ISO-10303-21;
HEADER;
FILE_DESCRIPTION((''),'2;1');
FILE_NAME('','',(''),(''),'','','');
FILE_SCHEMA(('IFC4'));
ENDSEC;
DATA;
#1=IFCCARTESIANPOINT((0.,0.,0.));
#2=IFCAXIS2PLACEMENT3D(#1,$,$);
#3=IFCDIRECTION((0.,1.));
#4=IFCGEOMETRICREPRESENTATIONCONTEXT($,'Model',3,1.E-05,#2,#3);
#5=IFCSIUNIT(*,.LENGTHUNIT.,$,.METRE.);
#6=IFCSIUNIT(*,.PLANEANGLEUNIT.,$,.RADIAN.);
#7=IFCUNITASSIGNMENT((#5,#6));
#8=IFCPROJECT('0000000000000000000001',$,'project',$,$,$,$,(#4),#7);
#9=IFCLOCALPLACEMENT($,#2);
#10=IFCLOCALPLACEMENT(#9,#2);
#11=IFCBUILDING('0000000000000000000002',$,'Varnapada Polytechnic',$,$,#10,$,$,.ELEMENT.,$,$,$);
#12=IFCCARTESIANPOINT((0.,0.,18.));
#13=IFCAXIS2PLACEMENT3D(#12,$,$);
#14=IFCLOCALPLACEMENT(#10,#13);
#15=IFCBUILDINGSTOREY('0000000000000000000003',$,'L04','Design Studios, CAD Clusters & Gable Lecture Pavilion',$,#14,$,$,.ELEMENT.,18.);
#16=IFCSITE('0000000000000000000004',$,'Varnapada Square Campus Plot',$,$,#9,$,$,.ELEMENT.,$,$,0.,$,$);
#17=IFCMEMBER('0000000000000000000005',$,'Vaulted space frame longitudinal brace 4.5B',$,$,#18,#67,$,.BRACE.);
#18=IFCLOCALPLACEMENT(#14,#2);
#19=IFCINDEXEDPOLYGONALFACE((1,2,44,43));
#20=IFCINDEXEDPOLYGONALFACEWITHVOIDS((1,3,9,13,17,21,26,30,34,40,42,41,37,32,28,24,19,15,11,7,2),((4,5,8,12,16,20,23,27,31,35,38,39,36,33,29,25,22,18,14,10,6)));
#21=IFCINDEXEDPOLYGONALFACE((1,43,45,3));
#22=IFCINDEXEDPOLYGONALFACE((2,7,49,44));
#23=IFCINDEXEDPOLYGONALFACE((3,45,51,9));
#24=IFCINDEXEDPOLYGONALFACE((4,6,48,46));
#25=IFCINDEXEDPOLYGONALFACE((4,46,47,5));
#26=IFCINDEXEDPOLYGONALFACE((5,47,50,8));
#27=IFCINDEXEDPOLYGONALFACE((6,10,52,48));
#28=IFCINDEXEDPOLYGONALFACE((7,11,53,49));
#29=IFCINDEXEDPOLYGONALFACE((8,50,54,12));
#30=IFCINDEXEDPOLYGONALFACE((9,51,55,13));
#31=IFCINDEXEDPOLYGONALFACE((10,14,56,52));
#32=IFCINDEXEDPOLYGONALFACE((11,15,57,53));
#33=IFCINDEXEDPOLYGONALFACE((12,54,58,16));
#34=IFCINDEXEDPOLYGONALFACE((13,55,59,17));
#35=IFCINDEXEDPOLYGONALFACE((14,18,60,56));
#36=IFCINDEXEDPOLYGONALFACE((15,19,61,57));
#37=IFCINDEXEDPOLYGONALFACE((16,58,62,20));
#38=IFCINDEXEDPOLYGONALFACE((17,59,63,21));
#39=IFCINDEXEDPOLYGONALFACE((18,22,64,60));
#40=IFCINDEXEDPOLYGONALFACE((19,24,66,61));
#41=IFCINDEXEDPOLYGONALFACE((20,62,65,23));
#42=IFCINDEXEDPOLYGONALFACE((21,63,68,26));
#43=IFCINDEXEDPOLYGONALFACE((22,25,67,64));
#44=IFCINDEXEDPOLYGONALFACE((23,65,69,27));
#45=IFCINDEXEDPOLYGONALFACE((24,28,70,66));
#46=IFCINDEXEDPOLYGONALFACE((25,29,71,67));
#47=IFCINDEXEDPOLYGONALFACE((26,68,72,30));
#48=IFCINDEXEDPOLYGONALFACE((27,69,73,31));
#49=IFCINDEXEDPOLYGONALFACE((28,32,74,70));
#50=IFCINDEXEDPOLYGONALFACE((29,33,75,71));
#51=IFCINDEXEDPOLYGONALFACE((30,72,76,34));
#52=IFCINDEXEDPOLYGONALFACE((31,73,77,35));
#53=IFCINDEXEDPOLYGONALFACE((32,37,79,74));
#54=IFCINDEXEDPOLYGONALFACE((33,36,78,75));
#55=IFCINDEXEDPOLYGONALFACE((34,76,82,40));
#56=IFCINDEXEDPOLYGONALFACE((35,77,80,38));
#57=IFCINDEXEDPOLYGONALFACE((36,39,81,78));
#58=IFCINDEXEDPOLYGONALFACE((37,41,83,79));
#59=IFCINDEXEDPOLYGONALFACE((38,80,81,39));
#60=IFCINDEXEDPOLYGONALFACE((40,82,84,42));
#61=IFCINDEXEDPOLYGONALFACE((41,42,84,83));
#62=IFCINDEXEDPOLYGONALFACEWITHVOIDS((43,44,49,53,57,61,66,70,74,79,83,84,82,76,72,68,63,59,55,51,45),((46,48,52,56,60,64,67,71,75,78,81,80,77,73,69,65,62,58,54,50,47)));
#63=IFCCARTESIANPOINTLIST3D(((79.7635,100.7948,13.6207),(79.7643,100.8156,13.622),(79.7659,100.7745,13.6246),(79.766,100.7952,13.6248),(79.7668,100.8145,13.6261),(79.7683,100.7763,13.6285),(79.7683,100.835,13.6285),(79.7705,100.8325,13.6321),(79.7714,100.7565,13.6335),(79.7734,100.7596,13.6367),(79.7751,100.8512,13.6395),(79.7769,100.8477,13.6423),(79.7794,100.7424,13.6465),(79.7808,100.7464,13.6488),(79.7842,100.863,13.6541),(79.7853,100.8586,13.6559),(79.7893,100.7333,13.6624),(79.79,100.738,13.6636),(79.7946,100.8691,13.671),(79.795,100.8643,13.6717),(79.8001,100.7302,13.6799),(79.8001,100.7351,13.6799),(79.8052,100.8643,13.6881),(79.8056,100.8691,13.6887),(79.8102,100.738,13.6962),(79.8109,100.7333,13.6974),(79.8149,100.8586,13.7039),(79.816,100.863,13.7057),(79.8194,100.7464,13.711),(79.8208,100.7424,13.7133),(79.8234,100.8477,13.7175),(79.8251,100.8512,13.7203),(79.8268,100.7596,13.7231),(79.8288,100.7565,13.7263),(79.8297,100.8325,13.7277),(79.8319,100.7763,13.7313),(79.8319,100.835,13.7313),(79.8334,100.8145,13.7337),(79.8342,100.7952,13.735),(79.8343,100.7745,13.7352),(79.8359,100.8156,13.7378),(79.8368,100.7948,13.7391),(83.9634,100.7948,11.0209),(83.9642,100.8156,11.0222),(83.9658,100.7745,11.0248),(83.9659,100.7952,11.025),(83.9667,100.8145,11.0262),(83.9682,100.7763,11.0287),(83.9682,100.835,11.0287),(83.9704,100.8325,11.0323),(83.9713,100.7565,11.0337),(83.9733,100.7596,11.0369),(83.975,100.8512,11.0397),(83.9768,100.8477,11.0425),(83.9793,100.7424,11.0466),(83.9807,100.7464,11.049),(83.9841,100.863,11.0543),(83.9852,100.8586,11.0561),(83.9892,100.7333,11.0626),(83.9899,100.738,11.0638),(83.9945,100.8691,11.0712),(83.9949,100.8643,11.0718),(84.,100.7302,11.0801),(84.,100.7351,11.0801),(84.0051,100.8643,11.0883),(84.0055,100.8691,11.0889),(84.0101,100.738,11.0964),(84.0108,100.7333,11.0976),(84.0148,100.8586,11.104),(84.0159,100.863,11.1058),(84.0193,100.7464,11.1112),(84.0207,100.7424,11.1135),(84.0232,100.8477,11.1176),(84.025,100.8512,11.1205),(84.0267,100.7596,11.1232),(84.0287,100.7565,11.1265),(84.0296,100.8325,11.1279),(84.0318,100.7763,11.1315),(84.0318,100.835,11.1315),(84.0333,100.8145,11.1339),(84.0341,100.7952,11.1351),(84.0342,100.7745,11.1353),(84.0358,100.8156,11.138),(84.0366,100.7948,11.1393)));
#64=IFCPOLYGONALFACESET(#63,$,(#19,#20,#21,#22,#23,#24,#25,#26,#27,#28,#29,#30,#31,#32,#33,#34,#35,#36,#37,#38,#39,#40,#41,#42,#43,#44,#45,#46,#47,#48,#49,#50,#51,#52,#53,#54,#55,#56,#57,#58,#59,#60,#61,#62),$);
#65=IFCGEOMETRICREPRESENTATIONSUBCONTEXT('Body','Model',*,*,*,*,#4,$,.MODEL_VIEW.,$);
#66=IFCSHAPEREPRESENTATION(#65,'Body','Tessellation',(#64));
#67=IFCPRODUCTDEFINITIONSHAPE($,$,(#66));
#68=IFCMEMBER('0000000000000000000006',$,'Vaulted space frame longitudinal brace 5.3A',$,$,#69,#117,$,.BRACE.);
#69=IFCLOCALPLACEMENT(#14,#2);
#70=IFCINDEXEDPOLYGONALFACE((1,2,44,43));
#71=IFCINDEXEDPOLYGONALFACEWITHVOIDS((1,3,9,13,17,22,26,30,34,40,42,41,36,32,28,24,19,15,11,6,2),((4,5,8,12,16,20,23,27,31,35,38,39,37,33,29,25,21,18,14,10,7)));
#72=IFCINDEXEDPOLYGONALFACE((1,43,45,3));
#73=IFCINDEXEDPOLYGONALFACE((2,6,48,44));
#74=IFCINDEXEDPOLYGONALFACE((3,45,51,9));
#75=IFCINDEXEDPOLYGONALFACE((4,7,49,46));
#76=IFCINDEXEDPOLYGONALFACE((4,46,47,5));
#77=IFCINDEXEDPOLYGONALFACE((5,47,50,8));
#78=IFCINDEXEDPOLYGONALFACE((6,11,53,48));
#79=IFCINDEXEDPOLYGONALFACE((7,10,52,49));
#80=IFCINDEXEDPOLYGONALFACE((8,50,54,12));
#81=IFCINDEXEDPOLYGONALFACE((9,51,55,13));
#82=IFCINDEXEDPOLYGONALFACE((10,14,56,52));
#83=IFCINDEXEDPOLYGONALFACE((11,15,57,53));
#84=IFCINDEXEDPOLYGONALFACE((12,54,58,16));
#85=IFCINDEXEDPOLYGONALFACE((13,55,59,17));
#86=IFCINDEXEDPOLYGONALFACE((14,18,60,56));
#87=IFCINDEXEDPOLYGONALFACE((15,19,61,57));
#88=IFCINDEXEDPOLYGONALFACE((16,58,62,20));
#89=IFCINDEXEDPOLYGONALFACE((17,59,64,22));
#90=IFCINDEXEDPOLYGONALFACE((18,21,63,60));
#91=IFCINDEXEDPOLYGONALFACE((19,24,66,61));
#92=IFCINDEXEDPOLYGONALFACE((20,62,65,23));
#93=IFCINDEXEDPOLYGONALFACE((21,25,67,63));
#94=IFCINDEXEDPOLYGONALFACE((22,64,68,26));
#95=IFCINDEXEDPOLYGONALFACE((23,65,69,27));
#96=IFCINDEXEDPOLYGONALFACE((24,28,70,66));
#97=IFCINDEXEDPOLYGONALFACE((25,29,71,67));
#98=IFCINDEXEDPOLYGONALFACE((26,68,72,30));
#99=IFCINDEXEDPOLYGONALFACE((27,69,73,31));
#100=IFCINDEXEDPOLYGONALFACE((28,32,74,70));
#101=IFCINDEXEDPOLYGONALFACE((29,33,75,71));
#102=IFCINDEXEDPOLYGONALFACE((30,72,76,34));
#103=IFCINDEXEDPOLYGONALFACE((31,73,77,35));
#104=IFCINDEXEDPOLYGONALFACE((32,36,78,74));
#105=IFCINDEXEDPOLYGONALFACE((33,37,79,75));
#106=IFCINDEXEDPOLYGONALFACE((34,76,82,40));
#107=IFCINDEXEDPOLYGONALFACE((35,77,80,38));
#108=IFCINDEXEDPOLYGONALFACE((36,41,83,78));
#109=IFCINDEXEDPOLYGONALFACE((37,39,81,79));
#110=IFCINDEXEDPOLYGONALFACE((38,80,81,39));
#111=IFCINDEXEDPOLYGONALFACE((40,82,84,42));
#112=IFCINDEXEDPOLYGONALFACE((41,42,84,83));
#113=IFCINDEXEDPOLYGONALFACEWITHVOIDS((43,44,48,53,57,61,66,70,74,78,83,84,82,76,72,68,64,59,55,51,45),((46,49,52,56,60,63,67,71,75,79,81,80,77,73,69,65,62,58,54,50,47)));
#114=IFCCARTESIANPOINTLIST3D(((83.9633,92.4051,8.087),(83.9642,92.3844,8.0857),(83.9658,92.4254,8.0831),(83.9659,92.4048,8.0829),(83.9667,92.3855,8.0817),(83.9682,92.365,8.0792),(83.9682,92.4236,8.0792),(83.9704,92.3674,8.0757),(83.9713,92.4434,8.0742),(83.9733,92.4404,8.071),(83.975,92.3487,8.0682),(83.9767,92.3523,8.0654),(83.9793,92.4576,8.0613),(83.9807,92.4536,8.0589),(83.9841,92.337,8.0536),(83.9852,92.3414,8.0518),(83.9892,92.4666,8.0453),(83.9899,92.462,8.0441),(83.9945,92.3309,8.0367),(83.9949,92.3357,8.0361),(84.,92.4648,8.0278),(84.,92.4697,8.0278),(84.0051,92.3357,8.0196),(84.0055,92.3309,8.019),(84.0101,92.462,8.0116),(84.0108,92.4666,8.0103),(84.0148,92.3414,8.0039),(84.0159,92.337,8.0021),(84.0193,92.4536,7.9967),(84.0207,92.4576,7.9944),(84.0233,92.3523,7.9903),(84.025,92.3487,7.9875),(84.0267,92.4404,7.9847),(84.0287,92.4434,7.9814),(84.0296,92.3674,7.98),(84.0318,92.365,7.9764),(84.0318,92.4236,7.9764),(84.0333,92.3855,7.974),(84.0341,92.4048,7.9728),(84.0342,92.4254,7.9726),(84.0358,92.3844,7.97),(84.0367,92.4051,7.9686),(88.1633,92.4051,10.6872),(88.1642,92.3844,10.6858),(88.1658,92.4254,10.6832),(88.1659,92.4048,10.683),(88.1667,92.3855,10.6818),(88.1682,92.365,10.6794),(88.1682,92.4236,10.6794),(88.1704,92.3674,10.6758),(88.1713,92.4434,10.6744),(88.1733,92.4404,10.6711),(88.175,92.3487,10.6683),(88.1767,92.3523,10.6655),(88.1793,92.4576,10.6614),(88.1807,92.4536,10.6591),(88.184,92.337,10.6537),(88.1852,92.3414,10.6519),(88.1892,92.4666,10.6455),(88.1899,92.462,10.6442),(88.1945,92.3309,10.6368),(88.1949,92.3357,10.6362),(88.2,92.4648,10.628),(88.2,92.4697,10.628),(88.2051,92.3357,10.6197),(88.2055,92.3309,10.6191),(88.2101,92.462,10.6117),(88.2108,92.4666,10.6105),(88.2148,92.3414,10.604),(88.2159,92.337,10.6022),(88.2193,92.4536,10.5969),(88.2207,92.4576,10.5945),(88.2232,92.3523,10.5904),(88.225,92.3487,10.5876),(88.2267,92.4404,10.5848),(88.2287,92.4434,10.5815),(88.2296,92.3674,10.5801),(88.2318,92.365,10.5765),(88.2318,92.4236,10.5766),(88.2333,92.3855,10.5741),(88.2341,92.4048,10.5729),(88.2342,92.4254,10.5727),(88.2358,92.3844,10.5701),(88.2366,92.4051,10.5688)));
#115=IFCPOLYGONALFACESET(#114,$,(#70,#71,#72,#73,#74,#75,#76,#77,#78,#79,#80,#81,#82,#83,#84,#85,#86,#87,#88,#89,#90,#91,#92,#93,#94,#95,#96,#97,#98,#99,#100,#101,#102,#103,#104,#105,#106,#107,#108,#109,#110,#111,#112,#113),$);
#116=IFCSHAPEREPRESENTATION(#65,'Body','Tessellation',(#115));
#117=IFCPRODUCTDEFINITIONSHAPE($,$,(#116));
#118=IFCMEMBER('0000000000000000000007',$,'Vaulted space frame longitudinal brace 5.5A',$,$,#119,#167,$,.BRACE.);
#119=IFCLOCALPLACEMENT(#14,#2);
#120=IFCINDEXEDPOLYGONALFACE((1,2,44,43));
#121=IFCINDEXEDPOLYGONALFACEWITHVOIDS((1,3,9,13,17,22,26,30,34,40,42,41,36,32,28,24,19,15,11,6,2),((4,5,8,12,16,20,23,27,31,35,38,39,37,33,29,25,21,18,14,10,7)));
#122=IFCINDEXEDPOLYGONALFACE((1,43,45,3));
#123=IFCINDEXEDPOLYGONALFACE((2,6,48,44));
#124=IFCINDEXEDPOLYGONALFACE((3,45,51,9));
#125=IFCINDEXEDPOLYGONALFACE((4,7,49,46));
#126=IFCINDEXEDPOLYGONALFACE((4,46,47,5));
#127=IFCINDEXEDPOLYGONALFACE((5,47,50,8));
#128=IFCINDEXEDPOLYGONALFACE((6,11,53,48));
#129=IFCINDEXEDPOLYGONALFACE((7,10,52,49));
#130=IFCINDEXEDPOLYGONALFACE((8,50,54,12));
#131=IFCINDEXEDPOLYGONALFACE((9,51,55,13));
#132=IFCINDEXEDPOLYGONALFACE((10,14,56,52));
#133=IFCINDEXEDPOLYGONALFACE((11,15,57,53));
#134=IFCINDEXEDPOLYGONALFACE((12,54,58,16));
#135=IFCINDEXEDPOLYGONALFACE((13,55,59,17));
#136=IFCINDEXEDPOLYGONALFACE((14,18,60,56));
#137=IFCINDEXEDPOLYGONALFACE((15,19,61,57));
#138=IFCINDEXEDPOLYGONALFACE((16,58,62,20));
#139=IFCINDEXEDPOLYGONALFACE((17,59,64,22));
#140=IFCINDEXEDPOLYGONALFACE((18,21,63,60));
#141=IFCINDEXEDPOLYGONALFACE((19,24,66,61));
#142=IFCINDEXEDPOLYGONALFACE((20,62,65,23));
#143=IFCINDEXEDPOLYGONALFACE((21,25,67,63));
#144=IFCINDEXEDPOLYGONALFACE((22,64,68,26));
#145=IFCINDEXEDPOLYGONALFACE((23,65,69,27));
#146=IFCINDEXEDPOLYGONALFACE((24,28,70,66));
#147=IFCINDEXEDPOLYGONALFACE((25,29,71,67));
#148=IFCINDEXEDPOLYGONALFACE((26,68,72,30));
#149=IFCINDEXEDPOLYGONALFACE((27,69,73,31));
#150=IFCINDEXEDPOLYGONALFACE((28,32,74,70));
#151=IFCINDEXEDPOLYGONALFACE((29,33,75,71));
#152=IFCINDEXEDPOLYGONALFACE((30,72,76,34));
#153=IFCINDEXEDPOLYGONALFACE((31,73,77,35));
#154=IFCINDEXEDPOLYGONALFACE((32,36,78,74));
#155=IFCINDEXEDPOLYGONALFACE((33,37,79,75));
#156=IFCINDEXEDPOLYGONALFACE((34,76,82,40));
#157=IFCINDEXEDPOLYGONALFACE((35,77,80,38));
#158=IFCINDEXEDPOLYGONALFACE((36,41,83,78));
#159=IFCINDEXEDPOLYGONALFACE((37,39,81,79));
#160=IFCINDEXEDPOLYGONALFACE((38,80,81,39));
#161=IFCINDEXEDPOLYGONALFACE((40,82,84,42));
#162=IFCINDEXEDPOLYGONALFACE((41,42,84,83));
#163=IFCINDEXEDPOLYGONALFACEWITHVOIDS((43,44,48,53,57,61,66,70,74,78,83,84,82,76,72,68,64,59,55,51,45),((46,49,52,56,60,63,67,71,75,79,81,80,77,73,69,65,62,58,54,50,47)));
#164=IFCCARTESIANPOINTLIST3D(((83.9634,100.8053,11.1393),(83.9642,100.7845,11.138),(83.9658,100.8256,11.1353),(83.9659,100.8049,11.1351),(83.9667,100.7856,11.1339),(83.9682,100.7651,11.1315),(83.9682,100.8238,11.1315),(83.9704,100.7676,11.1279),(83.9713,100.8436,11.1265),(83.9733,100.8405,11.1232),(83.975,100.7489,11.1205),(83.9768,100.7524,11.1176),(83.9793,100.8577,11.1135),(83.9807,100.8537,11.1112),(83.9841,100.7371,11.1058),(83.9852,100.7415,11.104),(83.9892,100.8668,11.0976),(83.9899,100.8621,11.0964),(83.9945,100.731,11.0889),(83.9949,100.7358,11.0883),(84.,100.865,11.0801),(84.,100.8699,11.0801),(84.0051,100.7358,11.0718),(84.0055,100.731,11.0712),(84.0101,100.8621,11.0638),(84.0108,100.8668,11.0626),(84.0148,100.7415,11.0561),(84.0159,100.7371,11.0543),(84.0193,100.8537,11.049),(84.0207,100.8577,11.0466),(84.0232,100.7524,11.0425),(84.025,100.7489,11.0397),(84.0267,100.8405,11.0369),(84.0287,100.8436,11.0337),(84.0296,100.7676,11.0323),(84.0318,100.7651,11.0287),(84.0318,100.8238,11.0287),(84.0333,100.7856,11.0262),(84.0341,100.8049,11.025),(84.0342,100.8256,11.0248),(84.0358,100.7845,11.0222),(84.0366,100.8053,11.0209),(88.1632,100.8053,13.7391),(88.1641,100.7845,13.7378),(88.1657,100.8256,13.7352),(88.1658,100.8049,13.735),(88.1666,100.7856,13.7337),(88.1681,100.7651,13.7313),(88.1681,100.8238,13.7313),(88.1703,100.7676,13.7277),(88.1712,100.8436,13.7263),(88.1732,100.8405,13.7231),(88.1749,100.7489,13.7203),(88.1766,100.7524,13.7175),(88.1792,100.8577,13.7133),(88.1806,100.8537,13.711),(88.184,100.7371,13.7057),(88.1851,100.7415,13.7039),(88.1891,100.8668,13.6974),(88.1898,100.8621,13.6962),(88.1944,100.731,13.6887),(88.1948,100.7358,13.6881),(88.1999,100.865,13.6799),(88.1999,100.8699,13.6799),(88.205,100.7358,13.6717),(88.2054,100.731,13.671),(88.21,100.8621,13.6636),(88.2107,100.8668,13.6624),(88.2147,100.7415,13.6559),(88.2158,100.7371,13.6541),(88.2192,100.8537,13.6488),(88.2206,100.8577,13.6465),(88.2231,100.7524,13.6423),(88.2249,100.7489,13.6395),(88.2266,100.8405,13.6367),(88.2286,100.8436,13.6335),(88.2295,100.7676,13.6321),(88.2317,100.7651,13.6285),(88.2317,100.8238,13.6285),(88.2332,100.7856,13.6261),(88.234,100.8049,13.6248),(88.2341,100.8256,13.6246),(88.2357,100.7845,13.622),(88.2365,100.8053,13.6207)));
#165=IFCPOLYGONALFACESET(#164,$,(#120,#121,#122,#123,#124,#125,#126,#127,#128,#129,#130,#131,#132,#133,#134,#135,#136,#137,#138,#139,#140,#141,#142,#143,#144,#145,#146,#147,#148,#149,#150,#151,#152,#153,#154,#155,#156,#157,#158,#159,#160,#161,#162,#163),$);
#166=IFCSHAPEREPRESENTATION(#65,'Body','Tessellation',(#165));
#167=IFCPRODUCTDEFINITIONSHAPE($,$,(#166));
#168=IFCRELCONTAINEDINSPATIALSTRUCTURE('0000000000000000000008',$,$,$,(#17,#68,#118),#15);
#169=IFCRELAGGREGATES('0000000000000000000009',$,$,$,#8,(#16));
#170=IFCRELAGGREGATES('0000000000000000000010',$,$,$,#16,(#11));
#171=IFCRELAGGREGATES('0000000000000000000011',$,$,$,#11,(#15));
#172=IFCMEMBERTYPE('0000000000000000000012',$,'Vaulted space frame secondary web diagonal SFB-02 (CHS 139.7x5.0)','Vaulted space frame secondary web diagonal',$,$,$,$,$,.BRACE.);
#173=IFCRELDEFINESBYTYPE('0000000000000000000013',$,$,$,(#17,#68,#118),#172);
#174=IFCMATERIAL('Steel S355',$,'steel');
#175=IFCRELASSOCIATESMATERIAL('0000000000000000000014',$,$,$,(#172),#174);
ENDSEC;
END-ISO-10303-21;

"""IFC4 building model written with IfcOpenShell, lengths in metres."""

from ifc_helpers import new_model, si_unit, direction, frame, origin, origin_2d, place, context, subcontext, project, spatial, hollow_circle, extrude, material, material_profile, profile_set, type_object, element, save


model = new_model("IFC4")

# Units and contexts
model_context = context("Model", 3, precision=1e-05, world=origin(), true_north=direction((0.0, 1.0)))
body_context = subcontext(model_context, "Body", "Model", "MODEL_VIEW")
ifc_project = project(units=[si_unit("LENGTHUNIT", "METRE"), si_unit("PLANEANGLEUNIT", "RADIAN")], contexts=[model_context])

# Site, building, storey
site_placement = place(None, origin())
site = spatial("IfcSite", under=ifc_project, at=site_placement, Name="Varnapada Square Campus Plot", CompositionType="ELEMENT", RefElevation=0.0)
building_placement = place(site_placement, origin())
building = spatial("IfcBuilding", under=site, at=building_placement, Name="Varnapada Polytechnic", CompositionType="ELEMENT")
storey_placement = place(building_placement, frame((0.0, 0.0, 18.0)))
storey = spatial("IfcBuildingStorey", under=building, at=storey_placement, Name="L04", Description="Design Studios, CAD Clusters & Gable Lecture Pavilion", CompositionType="ELEMENT", Elevation=18.0)

# Shared definitions
ifc_material = material(Name="Steel S355", Category="steel")

# Members
ifc_material_profile_1 = material_profile(ifc_material, hollow_circle(Radius=0.0698, WallThickness=0.0049, at=origin_2d()), Name="CHS 139.7x5.0")
ifc_profile_set_1 = profile_set([ifc_material_profile_1], Name="Steel S355")
member_type_1 = type_object("IfcMemberType", Name="Vaulted space frame secondary web diagonal SFB-02 (CHS 139.7x5.0)", Description="Vaulted space frame secondary web diagonal", PredefinedType="BRACE", material=ifc_profile_set_1)
member_1_placement = place(storey_placement, frame((84.0, 100.8, 11.0801), z_axis=(-0.850276, 0.0, 0.526338), x_axis=(0.0, -1.0, 0.0)))
element("IfcMember", 1, at=member_1_placement, inside=storey, type_object=member_type_1, Name="Vaulted space frame longitudinal brace 4.5B", PredefinedType="BRACE", context=body_context, shape_type="SweptSolid", body=[
    extrude(hollow_circle(Radius=0.0698, WallThickness=0.0049, at=origin_2d()), origin(), (0.0, 0.0, 1.0), 4.9395),
])
member_2_placement = place(storey_placement, frame((84.0, 92.3999, 8.0278), z_axis=(0.850254, 0.0, 0.526373), x_axis=(0.0, 1.0, 0.0)))
element("IfcMember", 2, at=member_2_placement, inside=storey, type_object=member_type_1, Name="Vaulted space frame longitudinal brace 5.3A", PredefinedType="BRACE", context=body_context, shape_type="SweptSolid", body=[
    extrude(hollow_circle(Radius=0.0698, WallThickness=0.0049, at=origin_2d()), origin(), (0.0, 0.0, 1.0), 4.9397),
])
member_3_placement = place(storey_placement, frame((84.0, 100.8, 11.0801), z_axis=(0.850276, 0.0, 0.526338), x_axis=(0.0, 1.0, 0.0)))
element("IfcMember", 3, at=member_3_placement, inside=storey, type_object=member_type_1, Name="Vaulted space frame longitudinal brace 5.5A", PredefinedType="BRACE", context=body_context, shape_type="SweptSolid", body=[
    extrude(hollow_circle(Radius=0.0698, WallThickness=0.0049, at=origin_2d()), origin(), (0.0, 0.0, 1.0), 4.9395),
])

save(model, "model.ifc")
